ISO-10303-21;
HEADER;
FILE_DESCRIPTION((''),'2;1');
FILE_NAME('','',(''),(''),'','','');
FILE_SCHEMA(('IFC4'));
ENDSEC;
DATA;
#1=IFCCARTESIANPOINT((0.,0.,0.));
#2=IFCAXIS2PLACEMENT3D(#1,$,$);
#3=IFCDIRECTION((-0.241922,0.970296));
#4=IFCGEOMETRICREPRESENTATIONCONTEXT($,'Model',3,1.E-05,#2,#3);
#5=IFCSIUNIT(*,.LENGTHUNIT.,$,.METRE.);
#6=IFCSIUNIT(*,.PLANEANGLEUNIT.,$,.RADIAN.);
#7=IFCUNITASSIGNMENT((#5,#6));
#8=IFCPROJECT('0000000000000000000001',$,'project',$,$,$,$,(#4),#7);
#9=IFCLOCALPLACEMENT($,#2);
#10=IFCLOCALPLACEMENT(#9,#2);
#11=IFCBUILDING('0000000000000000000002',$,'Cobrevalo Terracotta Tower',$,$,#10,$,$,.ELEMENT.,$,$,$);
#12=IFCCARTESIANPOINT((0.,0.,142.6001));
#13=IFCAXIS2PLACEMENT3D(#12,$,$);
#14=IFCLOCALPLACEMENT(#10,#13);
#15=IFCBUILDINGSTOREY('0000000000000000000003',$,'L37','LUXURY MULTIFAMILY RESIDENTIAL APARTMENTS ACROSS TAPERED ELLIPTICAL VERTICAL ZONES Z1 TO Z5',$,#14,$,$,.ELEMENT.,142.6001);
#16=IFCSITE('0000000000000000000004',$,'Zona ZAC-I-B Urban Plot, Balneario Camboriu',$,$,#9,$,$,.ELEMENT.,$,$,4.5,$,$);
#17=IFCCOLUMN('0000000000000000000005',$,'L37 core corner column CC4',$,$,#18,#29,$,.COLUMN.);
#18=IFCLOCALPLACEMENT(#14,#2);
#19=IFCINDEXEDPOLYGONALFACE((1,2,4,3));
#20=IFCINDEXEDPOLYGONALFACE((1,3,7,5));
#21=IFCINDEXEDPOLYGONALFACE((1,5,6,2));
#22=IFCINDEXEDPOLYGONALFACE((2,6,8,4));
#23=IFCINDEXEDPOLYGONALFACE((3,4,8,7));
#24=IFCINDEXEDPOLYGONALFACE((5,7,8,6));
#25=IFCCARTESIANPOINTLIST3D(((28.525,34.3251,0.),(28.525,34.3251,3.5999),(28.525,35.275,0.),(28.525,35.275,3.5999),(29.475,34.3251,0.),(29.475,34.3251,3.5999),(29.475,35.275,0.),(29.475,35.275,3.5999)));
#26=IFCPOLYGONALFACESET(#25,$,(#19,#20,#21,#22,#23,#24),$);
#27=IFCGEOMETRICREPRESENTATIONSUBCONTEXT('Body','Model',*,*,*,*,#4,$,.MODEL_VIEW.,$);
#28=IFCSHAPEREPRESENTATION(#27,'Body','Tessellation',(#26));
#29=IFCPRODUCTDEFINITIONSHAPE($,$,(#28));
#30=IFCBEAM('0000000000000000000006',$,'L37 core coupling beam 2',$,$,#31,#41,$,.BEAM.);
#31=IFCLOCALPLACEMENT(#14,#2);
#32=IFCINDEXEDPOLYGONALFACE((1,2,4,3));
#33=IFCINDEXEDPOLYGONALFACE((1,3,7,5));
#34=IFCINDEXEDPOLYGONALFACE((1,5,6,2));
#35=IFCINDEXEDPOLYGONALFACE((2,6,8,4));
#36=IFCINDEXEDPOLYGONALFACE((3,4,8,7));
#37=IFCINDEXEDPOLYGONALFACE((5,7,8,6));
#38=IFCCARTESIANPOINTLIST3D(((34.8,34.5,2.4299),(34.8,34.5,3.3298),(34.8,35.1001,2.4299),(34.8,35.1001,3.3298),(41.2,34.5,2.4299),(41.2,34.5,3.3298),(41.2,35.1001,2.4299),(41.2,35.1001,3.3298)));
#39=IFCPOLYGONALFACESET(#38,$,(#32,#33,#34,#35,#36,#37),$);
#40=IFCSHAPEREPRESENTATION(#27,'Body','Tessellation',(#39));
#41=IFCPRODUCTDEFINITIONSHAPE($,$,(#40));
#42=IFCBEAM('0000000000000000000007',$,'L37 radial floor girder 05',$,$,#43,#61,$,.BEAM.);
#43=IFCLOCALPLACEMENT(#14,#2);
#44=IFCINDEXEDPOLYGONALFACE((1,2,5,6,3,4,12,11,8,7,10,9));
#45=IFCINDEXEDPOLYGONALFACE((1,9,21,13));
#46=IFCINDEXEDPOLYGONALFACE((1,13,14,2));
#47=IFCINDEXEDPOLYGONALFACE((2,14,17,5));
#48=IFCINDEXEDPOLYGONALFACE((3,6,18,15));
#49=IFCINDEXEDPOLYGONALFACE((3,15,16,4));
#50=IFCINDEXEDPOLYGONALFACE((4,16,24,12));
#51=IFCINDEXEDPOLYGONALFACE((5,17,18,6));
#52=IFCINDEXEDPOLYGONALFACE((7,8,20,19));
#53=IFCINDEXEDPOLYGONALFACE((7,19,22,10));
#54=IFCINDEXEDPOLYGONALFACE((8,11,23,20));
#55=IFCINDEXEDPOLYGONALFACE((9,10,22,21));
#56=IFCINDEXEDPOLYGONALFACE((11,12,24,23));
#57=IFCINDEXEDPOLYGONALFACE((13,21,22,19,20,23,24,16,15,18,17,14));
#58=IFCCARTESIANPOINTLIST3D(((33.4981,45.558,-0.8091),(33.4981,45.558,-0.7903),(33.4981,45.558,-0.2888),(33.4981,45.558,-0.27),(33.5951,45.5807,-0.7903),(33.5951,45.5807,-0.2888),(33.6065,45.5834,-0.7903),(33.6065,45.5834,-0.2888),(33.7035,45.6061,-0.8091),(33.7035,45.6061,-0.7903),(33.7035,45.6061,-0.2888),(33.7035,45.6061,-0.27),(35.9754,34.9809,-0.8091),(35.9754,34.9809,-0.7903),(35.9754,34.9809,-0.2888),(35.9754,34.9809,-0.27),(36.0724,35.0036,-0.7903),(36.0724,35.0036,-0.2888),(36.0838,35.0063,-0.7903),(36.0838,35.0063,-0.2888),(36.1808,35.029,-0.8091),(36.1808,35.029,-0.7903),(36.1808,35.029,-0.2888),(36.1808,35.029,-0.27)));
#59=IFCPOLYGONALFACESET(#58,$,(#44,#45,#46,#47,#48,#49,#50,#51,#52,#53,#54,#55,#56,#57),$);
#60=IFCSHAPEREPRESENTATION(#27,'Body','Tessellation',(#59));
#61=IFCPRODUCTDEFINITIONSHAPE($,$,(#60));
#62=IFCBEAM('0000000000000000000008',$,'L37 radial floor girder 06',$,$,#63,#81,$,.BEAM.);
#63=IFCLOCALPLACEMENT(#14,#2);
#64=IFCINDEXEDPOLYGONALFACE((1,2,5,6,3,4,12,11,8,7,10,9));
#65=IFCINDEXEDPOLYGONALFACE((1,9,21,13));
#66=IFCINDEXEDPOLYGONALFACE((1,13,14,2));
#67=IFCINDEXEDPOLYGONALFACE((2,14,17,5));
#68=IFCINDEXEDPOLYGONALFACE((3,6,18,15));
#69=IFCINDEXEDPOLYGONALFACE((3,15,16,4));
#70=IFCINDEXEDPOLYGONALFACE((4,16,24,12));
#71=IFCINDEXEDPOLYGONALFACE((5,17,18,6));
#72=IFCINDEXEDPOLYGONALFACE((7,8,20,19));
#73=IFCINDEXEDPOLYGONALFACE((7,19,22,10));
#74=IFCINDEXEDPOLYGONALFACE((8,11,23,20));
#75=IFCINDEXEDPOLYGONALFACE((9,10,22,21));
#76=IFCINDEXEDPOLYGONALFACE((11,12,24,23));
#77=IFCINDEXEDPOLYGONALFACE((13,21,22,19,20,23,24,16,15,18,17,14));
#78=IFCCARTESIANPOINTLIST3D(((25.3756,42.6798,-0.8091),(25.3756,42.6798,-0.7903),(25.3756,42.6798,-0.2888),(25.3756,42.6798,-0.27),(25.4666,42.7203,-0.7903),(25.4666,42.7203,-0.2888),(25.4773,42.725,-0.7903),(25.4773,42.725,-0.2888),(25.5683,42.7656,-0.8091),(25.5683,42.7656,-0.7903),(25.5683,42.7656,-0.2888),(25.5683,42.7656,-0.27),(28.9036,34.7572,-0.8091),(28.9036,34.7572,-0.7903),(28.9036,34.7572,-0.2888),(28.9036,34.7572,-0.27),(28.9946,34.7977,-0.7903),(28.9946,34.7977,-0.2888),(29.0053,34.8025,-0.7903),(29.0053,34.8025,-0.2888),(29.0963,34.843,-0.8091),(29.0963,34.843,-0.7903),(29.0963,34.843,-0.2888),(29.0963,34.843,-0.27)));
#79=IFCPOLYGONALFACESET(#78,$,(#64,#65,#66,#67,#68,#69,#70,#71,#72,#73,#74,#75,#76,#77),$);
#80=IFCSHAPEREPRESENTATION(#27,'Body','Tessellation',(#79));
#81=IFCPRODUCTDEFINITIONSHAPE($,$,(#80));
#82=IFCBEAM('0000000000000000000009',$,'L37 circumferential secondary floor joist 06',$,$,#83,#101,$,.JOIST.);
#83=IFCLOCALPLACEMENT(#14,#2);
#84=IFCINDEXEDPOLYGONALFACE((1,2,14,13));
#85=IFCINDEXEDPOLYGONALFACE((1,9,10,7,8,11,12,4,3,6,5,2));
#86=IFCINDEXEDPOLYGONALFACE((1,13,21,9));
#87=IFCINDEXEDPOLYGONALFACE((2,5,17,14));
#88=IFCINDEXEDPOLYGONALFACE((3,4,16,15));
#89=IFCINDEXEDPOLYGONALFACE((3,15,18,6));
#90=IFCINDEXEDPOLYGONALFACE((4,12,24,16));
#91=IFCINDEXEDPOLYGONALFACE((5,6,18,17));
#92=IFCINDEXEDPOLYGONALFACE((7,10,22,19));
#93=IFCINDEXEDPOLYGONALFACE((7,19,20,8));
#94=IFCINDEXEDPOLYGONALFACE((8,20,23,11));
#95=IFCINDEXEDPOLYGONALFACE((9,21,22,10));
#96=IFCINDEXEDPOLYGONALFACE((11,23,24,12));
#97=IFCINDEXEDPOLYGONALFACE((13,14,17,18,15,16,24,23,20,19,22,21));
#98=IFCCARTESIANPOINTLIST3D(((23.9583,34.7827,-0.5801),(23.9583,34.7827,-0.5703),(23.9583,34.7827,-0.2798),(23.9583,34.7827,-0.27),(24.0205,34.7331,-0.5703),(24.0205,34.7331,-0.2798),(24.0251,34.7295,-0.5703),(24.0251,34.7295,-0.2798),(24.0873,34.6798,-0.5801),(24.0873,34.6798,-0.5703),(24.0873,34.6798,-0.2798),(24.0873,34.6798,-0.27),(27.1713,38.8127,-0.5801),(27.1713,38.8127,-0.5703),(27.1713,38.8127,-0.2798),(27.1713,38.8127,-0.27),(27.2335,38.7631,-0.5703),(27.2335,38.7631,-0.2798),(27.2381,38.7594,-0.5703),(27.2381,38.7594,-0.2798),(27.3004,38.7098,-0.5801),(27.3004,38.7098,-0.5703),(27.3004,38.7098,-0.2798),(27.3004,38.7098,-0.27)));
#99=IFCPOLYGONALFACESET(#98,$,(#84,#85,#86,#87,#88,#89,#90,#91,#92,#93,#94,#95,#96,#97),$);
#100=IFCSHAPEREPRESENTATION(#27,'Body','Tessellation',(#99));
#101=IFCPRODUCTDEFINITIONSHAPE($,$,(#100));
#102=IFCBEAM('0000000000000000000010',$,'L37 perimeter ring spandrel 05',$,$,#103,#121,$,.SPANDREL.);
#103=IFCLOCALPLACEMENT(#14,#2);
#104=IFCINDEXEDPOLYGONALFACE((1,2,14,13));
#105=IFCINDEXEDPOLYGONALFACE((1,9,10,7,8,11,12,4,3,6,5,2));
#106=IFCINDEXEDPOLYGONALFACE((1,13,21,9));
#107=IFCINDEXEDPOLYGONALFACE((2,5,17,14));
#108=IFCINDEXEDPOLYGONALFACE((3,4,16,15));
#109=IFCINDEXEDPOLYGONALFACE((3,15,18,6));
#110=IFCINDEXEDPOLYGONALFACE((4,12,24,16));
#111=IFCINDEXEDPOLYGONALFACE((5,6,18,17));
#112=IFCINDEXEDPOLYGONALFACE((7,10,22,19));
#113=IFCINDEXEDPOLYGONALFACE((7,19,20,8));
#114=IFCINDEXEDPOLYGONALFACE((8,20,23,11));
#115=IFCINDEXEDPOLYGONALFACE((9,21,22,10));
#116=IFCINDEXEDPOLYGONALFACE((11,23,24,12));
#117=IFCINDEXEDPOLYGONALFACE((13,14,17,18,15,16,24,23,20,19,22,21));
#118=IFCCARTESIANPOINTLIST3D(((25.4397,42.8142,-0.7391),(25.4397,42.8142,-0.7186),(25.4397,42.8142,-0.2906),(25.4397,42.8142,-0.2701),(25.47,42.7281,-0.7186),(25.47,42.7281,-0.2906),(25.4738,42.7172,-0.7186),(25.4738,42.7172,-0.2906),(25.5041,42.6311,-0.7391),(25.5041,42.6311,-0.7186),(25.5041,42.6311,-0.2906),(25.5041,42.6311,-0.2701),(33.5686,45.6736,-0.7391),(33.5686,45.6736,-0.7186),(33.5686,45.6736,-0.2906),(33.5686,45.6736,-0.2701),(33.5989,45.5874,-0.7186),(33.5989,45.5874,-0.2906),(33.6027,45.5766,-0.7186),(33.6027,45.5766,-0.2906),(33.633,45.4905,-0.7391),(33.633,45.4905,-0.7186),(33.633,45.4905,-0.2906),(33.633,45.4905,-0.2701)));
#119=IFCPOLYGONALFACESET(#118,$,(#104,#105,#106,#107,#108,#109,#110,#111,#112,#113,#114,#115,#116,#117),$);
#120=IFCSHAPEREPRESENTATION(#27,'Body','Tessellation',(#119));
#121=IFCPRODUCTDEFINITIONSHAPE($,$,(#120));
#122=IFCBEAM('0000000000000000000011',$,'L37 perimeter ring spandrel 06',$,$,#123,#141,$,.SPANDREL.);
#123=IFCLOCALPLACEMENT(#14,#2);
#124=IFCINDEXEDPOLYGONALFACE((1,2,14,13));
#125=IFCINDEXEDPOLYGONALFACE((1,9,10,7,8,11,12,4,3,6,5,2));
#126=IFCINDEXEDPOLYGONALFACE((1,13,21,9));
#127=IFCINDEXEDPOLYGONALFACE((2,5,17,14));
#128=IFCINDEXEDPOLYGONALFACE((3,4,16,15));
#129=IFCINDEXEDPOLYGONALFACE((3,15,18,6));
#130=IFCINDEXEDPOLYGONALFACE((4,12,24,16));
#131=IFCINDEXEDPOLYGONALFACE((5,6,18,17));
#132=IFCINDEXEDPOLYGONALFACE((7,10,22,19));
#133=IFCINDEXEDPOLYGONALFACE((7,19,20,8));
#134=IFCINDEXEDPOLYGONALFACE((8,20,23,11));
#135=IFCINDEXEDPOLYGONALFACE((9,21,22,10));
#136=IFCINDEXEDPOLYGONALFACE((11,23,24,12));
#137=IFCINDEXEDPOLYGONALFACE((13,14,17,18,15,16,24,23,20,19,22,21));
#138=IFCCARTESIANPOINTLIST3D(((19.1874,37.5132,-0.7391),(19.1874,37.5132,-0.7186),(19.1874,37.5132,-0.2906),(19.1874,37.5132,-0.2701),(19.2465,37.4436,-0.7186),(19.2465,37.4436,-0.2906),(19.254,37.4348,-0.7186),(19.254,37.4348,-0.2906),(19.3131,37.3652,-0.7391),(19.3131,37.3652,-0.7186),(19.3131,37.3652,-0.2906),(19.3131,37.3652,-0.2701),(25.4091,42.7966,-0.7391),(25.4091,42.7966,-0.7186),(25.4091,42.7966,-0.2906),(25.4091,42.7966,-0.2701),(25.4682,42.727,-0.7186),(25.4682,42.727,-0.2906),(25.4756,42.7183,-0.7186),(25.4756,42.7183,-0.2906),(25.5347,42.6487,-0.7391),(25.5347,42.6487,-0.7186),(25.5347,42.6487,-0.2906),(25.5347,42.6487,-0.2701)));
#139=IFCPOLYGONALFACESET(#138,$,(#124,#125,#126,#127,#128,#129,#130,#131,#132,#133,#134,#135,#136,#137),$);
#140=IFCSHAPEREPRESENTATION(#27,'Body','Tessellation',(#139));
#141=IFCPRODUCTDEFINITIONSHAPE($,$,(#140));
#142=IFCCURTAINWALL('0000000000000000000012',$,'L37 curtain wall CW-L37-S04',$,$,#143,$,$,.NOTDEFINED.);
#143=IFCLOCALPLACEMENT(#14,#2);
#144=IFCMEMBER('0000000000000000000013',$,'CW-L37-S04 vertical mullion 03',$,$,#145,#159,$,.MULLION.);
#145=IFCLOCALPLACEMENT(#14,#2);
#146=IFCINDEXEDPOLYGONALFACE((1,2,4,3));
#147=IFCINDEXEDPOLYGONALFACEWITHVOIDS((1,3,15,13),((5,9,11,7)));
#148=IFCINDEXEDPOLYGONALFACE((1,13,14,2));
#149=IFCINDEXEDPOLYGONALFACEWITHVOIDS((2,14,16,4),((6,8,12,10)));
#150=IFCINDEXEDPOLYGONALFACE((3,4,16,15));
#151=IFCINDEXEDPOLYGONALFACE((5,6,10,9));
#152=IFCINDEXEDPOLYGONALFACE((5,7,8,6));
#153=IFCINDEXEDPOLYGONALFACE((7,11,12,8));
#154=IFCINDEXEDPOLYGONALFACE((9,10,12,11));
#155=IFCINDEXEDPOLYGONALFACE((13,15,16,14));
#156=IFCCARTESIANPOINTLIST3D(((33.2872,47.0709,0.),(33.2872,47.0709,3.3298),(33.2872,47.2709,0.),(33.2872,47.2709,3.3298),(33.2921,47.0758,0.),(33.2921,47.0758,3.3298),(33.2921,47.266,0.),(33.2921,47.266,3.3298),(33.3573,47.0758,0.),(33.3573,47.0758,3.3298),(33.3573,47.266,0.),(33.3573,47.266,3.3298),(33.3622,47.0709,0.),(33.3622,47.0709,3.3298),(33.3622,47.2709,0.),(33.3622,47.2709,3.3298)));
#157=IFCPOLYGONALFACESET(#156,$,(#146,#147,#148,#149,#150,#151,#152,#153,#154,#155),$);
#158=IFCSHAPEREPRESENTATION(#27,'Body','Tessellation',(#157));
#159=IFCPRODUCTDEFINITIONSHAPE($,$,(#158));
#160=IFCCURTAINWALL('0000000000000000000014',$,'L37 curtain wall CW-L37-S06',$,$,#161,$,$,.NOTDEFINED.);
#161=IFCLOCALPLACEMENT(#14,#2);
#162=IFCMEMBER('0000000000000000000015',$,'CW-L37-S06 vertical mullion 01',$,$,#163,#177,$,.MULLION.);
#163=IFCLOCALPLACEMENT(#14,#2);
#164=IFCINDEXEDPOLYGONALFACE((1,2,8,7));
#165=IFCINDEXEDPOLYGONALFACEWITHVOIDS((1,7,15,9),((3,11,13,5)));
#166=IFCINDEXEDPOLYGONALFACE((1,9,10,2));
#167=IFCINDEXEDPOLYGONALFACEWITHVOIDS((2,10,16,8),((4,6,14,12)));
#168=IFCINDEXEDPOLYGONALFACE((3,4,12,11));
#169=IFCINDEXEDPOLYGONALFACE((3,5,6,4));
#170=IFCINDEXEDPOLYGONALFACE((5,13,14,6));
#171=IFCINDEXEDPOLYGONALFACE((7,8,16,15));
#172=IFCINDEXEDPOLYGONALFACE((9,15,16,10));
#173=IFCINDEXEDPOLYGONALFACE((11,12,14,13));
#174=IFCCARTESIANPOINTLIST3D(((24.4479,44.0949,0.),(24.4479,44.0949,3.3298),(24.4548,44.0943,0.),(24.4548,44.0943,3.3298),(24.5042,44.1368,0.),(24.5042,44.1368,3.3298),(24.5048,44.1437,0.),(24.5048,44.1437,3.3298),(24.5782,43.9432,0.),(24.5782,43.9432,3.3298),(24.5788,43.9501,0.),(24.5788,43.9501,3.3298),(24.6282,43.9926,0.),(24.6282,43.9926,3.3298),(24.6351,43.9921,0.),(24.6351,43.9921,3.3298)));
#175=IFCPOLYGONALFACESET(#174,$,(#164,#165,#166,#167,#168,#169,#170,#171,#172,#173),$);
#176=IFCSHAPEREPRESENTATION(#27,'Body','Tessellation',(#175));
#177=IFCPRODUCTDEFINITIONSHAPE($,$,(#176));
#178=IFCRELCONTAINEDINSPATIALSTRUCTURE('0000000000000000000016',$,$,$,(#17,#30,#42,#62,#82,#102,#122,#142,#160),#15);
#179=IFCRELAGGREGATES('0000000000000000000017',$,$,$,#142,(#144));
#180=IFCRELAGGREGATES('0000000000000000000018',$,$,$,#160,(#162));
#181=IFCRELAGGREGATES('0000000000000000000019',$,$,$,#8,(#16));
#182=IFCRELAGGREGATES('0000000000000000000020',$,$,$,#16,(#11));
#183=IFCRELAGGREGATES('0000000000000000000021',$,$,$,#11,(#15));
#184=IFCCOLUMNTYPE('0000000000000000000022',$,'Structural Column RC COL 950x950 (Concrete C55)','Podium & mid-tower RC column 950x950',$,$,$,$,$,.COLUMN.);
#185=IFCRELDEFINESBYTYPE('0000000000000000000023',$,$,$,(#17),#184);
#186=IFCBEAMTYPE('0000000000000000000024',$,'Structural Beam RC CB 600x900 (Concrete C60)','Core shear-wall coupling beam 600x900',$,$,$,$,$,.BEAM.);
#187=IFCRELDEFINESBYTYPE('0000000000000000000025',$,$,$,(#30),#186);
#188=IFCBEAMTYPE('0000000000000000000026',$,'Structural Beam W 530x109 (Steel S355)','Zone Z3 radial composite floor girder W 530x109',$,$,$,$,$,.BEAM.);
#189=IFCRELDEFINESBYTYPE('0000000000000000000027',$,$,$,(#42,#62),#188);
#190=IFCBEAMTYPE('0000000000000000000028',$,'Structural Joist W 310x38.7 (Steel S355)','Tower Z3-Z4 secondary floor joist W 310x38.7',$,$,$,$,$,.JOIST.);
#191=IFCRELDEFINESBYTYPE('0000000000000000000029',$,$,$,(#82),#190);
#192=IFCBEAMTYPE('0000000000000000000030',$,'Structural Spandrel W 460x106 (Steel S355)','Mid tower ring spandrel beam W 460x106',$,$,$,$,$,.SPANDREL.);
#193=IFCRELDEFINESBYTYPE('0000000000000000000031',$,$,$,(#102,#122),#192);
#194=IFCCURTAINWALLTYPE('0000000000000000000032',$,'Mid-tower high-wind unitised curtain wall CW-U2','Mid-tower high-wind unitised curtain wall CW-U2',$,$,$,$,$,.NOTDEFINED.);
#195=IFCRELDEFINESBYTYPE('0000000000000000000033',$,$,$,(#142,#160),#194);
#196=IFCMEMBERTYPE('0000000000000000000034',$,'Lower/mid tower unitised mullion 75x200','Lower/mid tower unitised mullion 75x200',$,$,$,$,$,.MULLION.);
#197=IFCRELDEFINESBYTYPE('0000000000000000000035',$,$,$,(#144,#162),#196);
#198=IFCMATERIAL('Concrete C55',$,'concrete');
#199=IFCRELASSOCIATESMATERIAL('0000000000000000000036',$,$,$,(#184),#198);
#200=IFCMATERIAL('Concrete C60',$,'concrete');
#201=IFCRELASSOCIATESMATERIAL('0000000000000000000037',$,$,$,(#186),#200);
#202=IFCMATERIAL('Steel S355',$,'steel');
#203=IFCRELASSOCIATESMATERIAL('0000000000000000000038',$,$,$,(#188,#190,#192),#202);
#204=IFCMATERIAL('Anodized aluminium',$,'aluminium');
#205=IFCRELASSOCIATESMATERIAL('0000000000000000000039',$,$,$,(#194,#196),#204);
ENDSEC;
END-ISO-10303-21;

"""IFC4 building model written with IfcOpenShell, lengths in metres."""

from ifc_helpers import new_model, si_unit, direction, frame, origin, origin_2d, place, context, subcontext, project, spatial, rectangle, hollow_rectangle, i_section, extrude, source, transform, mapped, material, material_profile, profile_set, type_object, element, aggregate, save


model = new_model("IFC4")

# Units and contexts
model_context = context("Model", 3, precision=1e-05, world=origin(), true_north=direction((-0.241922, 0.970296)))
body_context = subcontext(model_context, "Body", "Model", "MODEL_VIEW")
ifc_project = project(units=[si_unit("LENGTHUNIT", "METRE"), si_unit("PLANEANGLEUNIT", "RADIAN")], contexts=[model_context])

# Site, building, storey
site_placement = place(None, origin())
site = spatial("IfcSite", under=ifc_project, at=site_placement, Name="Zona ZAC-I-B Urban Plot, Balneario Camboriu", CompositionType="ELEMENT", RefElevation=4.5)
building_placement = place(site_placement, origin())
building = spatial("IfcBuilding", under=site, at=building_placement, Name="Cobrevalo Terracotta Tower", CompositionType="ELEMENT")
storey_placement = place(building_placement, frame((0.0, 0.0, 142.6001)))
storey = spatial("IfcBuildingStorey", under=building, at=storey_placement, Name="L37", Description="LUXURY MULTIFAMILY RESIDENTIAL APARTMENTS ACROSS TAPERED ELLIPTICAL VERTICAL ZONES Z1 TO Z5", CompositionType="ELEMENT", Elevation=142.6001)

# Column
ifc_material_1 = material(Name="Steel S355", Category="steel")
ifc_material_2 = material(Name="Concrete C55", Category="concrete")
ifc_material_profile_1 = material_profile(ifc_material_2, rectangle(XDim=0.95, YDim=0.95, at=origin_2d()), Name="RC COL 950x950")
ifc_profile_set_1 = profile_set([ifc_material_profile_1], Name="Concrete C55")
column_type_1 = type_object("IfcColumnType", Name="Structural Column RC COL 950x950 (Concrete C55)", Description="Podium & mid-tower RC column 950x950", PredefinedType="COLUMN", material=ifc_profile_set_1)
column_placement = place(storey_placement, frame((29.0, 34.8, 0.0), z_axis=(0.0, 0.0, 1.0), x_axis=(1.0, 0.0, 0.0)))
element("IfcColumn", 1, at=column_placement, inside=storey, type_object=column_type_1, Name="L37 core corner column CC4", PredefinedType="COLUMN", context=body_context, shape_type="SweptSolid", body=[
    extrude(rectangle(XDim=0.95, YDim=0.95, at=origin_2d()), origin(), (0.0, 0.0, 1.0), 3.5999),
])

# Beams
ifc_material_3 = material(Name="Concrete C60", Category="concrete")
ifc_material_profile_2 = material_profile(ifc_material_3, rectangle(XDim=0.6001, YDim=0.8999, at=origin_2d()), Name="RC CB 600x900")
ifc_profile_set_2 = profile_set([ifc_material_profile_2], Name="Concrete C60")
beam_type_1 = type_object("IfcBeamType", Name="Structural Beam RC CB 600x900 (Concrete C60)", Description="Core shear-wall coupling beam 600x900", PredefinedType="BEAM", material=ifc_profile_set_2)
beam_1_placement = place(storey_placement, frame((34.8, 34.8, 2.8799), z_axis=(1.0, 0.0, 0.0), x_axis=(0.0, 1.0, 0.0)))
element("IfcBeam", 2, at=beam_1_placement, inside=storey, type_object=beam_type_1, Name="L37 core coupling beam 2", PredefinedType="BEAM", context=body_context, shape_type="SweptSolid", body=[
    extrude(rectangle(XDim=0.6001, YDim=0.8999, at=origin_2d()), origin(), (0.0, 0.0, 1.0), 6.3999),
])
ifc_material_profile_3 = material_profile(ifc_material_1, i_section(OverallWidth=0.2109, OverallDepth=0.5391, WebThickness=0.0117, FlangeThickness=0.0188, at=origin_2d()), Name="W 530x109")
ifc_profile_set_3 = profile_set([ifc_material_profile_3], Name="Steel S355")
beam_type_2 = type_object("IfcBeamType", Name="Structural Beam W 530x109 (Steel S355)", Description="Zone Z3 radial composite floor girder W 530x109", PredefinedType="BEAM", material=ifc_profile_set_3)
beam_2_placement = place(storey_placement, frame((33.6008, 45.582, -0.5396), z_axis=(0.228041, -0.973652, 0.0), x_axis=(0.973652, 0.228041, 0.0)))
element("IfcBeam", 3, at=beam_2_placement, inside=storey, type_object=beam_type_2, Name="L37 radial floor girder 05", PredefinedType="BEAM", context=body_context, shape_type="SweptSolid", body=[
    extrude(i_section(OverallWidth=0.2109, OverallDepth=0.5391, WebThickness=0.0117, FlangeThickness=0.0188, at=origin_2d()), origin(), (0.0, 0.0, 1.0), 10.8633),
])
beam_3_placement = place(storey_placement, frame((25.4719, 42.7227, -0.5396), z_axis=(0.406804, -0.913515, 0.0), x_axis=(0.913515, 0.406804, 0.0)))
element("IfcBeam", 4, at=beam_3_placement, inside=storey, type_object=beam_type_2, Name="L37 radial floor girder 06", PredefinedType="BEAM", context=body_context, shape_type="SweptSolid", body=[
    extrude(i_section(OverallWidth=0.2109, OverallDepth=0.5391, WebThickness=0.0117, FlangeThickness=0.0188, at=origin_2d()), origin(), (0.0, 0.0, 1.0), 8.6726),
])
ifc_material_profile_4 = material_profile(ifc_material_1, i_section(OverallWidth=0.165, OverallDepth=0.3101, WebThickness=0.0059, FlangeThickness=0.0098, at=origin_2d()), Name="W 310x38.7")
ifc_profile_set_4 = profile_set([ifc_material_profile_4], Name="Steel S355")
beam_type_3 = type_object("IfcBeamType", Name="Structural Joist W 310x38.7 (Steel S355)", Description="Tower Z3-Z4 secondary floor joist W 310x38.7", PredefinedType="JOIST", material=ifc_profile_set_4)
beam_4_placement = place(storey_placement, frame((27.2358, 38.7612, -0.425), z_axis=(-0.623406, -0.781898, 0.0), x_axis=(0.781898, -0.623406, 0.0)))
element("IfcBeam", 5, at=beam_4_placement, inside=storey, type_object=beam_type_3, Name="L37 circumferential secondary floor joist 06", PredefinedType="JOIST", context=body_context, shape_type="SweptSolid", body=[
    extrude(i_section(OverallWidth=0.165, OverallDepth=0.3101, WebThickness=0.0059, FlangeThickness=0.0098, at=origin_2d()), origin(), (0.0, 0.0, 1.0), 5.1541),
])
ifc_material_profile_5 = material_profile(ifc_material_1, i_section(OverallWidth=0.1941, OverallDepth=0.469, WebThickness=0.0115, FlangeThickness=0.0205, at=origin_2d()), Name="W 460x106")
ifc_profile_set_5 = profile_set([ifc_material_profile_5], Name="Steel S355")
beam_type_4 = type_object("IfcBeamType", Name="Structural Spandrel W 460x106 (Steel S355)", Description="Mid tower ring spandrel beam W 460x106", PredefinedType="SPANDREL", material=ifc_profile_set_5)
beam_5_placement = place(storey_placement, frame((33.6008, 45.582, -0.5046), z_axis=(-0.943341, -0.331824, 0.0), x_axis=(0.331824, -0.943341, 0.0)))
element("IfcBeam", 6, at=beam_5_placement, inside=storey, type_object=beam_type_4, Name="L37 perimeter ring spandrel 05", PredefinedType="SPANDREL", context=body_context, shape_type="SweptSolid", body=[
    extrude(i_section(OverallWidth=0.1941, OverallDepth=0.469, WebThickness=0.0115, FlangeThickness=0.0205, at=origin_2d()), origin(), (0.0, 0.0, 1.0), 8.6172),
])
beam_6_placement = place(storey_placement, frame((25.4719, 42.7227, -0.5046), z_axis=(-0.76224, -0.647294, 0.0), x_axis=(0.647294, -0.76224, 0.0)))
element("IfcBeam", 7, at=beam_6_placement, inside=storey, type_object=beam_type_4, Name="L37 perimeter ring spandrel 06", PredefinedType="SPANDREL", context=body_context, shape_type="SweptSolid", body=[
    extrude(i_section(OverallWidth=0.1941, OverallDepth=0.469, WebThickness=0.0115, FlangeThickness=0.0205, at=origin_2d()), origin(), (0.0, 0.0, 1.0), 8.1624),
])

# Curtain walls, members
ifc_material_4 = material(Name="Anodized aluminium", Category="aluminium")
curtain_wall_type = type_object("IfcCurtainWallType", Name="Mid-tower high-wind unitised curtain wall CW-U2", Description="Mid-tower high-wind unitised curtain wall CW-U2", PredefinedType="NOTDEFINED", material=ifc_material_4)
curtain_wall_1_placement = place(storey_placement, origin())
curtain_wall_1 = element("IfcCurtainWall", 8, at=curtain_wall_1_placement, inside=storey, type_object=curtain_wall_type, Name="L37 curtain wall CW-L37-S04", PredefinedType="NOTDEFINED")
ifc_material_profile_6 = material_profile(ifc_material_4, hollow_rectangle(XDim=0.075, YDim=0.2, WallThickness=0.0049, at=origin_2d()), Name="CWM 75x200")
ifc_profile_set_6 = profile_set([ifc_material_profile_6], Name="Anodized aluminium")
member_type = type_object("IfcMemberType", Name="Lower/mid tower unitised mullion 75x200", Description="Lower/mid tower unitised mullion 75x200", PredefinedType="MULLION", material=ifc_profile_set_6)
shared_shape_1 = source(origin(), body_context, "Body", "SweptSolid", [
    extrude(hollow_rectangle(XDim=0.075, YDim=0.2, WallThickness=0.0049, at=origin_2d()), origin(), (0.0, 0.0, 1.0), 3.3298),
])
member_1_placement = place(storey_placement, frame((33.3247, 47.1709, 0.0), z_axis=(0.0, 0.0, 1.0), x_axis=(-1.0, 0.0, 0.0)))
member_1 = element("IfcMember", 9, at=member_1_placement, type_object=member_type, Name="CW-L37-S04 vertical mullion 03", PredefinedType="MULLION", context=body_context, shape_type="MappedRepresentation", body=[
    mapped(shared_shape_1, transform((0.0, 0.0, 0.0), scale=1.0)),
])
aggregate(curtain_wall_1, [member_1])
curtain_wall_2_placement = place(storey_placement, origin())
curtain_wall_2 = element("IfcCurtainWall", 10, at=curtain_wall_2_placement, inside=storey, type_object=curtain_wall_type, Name="L37 curtain wall CW-L37-S06", PredefinedType="NOTDEFINED")
member_2_placement = place(storey_placement, frame((24.5415, 44.0435, 0.0), z_axis=(0.0, 0.0, 1.0), x_axis=(-0.758442, -0.651741, 0.0)))
member_2 = element("IfcMember", 11, at=member_2_placement, type_object=member_type, Name="CW-L37-S06 vertical mullion 01", PredefinedType="MULLION", context=body_context, shape_type="MappedRepresentation", body=[
    mapped(shared_shape_1, transform((0.0, 0.0, 0.0), scale=1.0)),
])
aggregate(curtain_wall_2, [member_2])

save(model, "model.ifc")
